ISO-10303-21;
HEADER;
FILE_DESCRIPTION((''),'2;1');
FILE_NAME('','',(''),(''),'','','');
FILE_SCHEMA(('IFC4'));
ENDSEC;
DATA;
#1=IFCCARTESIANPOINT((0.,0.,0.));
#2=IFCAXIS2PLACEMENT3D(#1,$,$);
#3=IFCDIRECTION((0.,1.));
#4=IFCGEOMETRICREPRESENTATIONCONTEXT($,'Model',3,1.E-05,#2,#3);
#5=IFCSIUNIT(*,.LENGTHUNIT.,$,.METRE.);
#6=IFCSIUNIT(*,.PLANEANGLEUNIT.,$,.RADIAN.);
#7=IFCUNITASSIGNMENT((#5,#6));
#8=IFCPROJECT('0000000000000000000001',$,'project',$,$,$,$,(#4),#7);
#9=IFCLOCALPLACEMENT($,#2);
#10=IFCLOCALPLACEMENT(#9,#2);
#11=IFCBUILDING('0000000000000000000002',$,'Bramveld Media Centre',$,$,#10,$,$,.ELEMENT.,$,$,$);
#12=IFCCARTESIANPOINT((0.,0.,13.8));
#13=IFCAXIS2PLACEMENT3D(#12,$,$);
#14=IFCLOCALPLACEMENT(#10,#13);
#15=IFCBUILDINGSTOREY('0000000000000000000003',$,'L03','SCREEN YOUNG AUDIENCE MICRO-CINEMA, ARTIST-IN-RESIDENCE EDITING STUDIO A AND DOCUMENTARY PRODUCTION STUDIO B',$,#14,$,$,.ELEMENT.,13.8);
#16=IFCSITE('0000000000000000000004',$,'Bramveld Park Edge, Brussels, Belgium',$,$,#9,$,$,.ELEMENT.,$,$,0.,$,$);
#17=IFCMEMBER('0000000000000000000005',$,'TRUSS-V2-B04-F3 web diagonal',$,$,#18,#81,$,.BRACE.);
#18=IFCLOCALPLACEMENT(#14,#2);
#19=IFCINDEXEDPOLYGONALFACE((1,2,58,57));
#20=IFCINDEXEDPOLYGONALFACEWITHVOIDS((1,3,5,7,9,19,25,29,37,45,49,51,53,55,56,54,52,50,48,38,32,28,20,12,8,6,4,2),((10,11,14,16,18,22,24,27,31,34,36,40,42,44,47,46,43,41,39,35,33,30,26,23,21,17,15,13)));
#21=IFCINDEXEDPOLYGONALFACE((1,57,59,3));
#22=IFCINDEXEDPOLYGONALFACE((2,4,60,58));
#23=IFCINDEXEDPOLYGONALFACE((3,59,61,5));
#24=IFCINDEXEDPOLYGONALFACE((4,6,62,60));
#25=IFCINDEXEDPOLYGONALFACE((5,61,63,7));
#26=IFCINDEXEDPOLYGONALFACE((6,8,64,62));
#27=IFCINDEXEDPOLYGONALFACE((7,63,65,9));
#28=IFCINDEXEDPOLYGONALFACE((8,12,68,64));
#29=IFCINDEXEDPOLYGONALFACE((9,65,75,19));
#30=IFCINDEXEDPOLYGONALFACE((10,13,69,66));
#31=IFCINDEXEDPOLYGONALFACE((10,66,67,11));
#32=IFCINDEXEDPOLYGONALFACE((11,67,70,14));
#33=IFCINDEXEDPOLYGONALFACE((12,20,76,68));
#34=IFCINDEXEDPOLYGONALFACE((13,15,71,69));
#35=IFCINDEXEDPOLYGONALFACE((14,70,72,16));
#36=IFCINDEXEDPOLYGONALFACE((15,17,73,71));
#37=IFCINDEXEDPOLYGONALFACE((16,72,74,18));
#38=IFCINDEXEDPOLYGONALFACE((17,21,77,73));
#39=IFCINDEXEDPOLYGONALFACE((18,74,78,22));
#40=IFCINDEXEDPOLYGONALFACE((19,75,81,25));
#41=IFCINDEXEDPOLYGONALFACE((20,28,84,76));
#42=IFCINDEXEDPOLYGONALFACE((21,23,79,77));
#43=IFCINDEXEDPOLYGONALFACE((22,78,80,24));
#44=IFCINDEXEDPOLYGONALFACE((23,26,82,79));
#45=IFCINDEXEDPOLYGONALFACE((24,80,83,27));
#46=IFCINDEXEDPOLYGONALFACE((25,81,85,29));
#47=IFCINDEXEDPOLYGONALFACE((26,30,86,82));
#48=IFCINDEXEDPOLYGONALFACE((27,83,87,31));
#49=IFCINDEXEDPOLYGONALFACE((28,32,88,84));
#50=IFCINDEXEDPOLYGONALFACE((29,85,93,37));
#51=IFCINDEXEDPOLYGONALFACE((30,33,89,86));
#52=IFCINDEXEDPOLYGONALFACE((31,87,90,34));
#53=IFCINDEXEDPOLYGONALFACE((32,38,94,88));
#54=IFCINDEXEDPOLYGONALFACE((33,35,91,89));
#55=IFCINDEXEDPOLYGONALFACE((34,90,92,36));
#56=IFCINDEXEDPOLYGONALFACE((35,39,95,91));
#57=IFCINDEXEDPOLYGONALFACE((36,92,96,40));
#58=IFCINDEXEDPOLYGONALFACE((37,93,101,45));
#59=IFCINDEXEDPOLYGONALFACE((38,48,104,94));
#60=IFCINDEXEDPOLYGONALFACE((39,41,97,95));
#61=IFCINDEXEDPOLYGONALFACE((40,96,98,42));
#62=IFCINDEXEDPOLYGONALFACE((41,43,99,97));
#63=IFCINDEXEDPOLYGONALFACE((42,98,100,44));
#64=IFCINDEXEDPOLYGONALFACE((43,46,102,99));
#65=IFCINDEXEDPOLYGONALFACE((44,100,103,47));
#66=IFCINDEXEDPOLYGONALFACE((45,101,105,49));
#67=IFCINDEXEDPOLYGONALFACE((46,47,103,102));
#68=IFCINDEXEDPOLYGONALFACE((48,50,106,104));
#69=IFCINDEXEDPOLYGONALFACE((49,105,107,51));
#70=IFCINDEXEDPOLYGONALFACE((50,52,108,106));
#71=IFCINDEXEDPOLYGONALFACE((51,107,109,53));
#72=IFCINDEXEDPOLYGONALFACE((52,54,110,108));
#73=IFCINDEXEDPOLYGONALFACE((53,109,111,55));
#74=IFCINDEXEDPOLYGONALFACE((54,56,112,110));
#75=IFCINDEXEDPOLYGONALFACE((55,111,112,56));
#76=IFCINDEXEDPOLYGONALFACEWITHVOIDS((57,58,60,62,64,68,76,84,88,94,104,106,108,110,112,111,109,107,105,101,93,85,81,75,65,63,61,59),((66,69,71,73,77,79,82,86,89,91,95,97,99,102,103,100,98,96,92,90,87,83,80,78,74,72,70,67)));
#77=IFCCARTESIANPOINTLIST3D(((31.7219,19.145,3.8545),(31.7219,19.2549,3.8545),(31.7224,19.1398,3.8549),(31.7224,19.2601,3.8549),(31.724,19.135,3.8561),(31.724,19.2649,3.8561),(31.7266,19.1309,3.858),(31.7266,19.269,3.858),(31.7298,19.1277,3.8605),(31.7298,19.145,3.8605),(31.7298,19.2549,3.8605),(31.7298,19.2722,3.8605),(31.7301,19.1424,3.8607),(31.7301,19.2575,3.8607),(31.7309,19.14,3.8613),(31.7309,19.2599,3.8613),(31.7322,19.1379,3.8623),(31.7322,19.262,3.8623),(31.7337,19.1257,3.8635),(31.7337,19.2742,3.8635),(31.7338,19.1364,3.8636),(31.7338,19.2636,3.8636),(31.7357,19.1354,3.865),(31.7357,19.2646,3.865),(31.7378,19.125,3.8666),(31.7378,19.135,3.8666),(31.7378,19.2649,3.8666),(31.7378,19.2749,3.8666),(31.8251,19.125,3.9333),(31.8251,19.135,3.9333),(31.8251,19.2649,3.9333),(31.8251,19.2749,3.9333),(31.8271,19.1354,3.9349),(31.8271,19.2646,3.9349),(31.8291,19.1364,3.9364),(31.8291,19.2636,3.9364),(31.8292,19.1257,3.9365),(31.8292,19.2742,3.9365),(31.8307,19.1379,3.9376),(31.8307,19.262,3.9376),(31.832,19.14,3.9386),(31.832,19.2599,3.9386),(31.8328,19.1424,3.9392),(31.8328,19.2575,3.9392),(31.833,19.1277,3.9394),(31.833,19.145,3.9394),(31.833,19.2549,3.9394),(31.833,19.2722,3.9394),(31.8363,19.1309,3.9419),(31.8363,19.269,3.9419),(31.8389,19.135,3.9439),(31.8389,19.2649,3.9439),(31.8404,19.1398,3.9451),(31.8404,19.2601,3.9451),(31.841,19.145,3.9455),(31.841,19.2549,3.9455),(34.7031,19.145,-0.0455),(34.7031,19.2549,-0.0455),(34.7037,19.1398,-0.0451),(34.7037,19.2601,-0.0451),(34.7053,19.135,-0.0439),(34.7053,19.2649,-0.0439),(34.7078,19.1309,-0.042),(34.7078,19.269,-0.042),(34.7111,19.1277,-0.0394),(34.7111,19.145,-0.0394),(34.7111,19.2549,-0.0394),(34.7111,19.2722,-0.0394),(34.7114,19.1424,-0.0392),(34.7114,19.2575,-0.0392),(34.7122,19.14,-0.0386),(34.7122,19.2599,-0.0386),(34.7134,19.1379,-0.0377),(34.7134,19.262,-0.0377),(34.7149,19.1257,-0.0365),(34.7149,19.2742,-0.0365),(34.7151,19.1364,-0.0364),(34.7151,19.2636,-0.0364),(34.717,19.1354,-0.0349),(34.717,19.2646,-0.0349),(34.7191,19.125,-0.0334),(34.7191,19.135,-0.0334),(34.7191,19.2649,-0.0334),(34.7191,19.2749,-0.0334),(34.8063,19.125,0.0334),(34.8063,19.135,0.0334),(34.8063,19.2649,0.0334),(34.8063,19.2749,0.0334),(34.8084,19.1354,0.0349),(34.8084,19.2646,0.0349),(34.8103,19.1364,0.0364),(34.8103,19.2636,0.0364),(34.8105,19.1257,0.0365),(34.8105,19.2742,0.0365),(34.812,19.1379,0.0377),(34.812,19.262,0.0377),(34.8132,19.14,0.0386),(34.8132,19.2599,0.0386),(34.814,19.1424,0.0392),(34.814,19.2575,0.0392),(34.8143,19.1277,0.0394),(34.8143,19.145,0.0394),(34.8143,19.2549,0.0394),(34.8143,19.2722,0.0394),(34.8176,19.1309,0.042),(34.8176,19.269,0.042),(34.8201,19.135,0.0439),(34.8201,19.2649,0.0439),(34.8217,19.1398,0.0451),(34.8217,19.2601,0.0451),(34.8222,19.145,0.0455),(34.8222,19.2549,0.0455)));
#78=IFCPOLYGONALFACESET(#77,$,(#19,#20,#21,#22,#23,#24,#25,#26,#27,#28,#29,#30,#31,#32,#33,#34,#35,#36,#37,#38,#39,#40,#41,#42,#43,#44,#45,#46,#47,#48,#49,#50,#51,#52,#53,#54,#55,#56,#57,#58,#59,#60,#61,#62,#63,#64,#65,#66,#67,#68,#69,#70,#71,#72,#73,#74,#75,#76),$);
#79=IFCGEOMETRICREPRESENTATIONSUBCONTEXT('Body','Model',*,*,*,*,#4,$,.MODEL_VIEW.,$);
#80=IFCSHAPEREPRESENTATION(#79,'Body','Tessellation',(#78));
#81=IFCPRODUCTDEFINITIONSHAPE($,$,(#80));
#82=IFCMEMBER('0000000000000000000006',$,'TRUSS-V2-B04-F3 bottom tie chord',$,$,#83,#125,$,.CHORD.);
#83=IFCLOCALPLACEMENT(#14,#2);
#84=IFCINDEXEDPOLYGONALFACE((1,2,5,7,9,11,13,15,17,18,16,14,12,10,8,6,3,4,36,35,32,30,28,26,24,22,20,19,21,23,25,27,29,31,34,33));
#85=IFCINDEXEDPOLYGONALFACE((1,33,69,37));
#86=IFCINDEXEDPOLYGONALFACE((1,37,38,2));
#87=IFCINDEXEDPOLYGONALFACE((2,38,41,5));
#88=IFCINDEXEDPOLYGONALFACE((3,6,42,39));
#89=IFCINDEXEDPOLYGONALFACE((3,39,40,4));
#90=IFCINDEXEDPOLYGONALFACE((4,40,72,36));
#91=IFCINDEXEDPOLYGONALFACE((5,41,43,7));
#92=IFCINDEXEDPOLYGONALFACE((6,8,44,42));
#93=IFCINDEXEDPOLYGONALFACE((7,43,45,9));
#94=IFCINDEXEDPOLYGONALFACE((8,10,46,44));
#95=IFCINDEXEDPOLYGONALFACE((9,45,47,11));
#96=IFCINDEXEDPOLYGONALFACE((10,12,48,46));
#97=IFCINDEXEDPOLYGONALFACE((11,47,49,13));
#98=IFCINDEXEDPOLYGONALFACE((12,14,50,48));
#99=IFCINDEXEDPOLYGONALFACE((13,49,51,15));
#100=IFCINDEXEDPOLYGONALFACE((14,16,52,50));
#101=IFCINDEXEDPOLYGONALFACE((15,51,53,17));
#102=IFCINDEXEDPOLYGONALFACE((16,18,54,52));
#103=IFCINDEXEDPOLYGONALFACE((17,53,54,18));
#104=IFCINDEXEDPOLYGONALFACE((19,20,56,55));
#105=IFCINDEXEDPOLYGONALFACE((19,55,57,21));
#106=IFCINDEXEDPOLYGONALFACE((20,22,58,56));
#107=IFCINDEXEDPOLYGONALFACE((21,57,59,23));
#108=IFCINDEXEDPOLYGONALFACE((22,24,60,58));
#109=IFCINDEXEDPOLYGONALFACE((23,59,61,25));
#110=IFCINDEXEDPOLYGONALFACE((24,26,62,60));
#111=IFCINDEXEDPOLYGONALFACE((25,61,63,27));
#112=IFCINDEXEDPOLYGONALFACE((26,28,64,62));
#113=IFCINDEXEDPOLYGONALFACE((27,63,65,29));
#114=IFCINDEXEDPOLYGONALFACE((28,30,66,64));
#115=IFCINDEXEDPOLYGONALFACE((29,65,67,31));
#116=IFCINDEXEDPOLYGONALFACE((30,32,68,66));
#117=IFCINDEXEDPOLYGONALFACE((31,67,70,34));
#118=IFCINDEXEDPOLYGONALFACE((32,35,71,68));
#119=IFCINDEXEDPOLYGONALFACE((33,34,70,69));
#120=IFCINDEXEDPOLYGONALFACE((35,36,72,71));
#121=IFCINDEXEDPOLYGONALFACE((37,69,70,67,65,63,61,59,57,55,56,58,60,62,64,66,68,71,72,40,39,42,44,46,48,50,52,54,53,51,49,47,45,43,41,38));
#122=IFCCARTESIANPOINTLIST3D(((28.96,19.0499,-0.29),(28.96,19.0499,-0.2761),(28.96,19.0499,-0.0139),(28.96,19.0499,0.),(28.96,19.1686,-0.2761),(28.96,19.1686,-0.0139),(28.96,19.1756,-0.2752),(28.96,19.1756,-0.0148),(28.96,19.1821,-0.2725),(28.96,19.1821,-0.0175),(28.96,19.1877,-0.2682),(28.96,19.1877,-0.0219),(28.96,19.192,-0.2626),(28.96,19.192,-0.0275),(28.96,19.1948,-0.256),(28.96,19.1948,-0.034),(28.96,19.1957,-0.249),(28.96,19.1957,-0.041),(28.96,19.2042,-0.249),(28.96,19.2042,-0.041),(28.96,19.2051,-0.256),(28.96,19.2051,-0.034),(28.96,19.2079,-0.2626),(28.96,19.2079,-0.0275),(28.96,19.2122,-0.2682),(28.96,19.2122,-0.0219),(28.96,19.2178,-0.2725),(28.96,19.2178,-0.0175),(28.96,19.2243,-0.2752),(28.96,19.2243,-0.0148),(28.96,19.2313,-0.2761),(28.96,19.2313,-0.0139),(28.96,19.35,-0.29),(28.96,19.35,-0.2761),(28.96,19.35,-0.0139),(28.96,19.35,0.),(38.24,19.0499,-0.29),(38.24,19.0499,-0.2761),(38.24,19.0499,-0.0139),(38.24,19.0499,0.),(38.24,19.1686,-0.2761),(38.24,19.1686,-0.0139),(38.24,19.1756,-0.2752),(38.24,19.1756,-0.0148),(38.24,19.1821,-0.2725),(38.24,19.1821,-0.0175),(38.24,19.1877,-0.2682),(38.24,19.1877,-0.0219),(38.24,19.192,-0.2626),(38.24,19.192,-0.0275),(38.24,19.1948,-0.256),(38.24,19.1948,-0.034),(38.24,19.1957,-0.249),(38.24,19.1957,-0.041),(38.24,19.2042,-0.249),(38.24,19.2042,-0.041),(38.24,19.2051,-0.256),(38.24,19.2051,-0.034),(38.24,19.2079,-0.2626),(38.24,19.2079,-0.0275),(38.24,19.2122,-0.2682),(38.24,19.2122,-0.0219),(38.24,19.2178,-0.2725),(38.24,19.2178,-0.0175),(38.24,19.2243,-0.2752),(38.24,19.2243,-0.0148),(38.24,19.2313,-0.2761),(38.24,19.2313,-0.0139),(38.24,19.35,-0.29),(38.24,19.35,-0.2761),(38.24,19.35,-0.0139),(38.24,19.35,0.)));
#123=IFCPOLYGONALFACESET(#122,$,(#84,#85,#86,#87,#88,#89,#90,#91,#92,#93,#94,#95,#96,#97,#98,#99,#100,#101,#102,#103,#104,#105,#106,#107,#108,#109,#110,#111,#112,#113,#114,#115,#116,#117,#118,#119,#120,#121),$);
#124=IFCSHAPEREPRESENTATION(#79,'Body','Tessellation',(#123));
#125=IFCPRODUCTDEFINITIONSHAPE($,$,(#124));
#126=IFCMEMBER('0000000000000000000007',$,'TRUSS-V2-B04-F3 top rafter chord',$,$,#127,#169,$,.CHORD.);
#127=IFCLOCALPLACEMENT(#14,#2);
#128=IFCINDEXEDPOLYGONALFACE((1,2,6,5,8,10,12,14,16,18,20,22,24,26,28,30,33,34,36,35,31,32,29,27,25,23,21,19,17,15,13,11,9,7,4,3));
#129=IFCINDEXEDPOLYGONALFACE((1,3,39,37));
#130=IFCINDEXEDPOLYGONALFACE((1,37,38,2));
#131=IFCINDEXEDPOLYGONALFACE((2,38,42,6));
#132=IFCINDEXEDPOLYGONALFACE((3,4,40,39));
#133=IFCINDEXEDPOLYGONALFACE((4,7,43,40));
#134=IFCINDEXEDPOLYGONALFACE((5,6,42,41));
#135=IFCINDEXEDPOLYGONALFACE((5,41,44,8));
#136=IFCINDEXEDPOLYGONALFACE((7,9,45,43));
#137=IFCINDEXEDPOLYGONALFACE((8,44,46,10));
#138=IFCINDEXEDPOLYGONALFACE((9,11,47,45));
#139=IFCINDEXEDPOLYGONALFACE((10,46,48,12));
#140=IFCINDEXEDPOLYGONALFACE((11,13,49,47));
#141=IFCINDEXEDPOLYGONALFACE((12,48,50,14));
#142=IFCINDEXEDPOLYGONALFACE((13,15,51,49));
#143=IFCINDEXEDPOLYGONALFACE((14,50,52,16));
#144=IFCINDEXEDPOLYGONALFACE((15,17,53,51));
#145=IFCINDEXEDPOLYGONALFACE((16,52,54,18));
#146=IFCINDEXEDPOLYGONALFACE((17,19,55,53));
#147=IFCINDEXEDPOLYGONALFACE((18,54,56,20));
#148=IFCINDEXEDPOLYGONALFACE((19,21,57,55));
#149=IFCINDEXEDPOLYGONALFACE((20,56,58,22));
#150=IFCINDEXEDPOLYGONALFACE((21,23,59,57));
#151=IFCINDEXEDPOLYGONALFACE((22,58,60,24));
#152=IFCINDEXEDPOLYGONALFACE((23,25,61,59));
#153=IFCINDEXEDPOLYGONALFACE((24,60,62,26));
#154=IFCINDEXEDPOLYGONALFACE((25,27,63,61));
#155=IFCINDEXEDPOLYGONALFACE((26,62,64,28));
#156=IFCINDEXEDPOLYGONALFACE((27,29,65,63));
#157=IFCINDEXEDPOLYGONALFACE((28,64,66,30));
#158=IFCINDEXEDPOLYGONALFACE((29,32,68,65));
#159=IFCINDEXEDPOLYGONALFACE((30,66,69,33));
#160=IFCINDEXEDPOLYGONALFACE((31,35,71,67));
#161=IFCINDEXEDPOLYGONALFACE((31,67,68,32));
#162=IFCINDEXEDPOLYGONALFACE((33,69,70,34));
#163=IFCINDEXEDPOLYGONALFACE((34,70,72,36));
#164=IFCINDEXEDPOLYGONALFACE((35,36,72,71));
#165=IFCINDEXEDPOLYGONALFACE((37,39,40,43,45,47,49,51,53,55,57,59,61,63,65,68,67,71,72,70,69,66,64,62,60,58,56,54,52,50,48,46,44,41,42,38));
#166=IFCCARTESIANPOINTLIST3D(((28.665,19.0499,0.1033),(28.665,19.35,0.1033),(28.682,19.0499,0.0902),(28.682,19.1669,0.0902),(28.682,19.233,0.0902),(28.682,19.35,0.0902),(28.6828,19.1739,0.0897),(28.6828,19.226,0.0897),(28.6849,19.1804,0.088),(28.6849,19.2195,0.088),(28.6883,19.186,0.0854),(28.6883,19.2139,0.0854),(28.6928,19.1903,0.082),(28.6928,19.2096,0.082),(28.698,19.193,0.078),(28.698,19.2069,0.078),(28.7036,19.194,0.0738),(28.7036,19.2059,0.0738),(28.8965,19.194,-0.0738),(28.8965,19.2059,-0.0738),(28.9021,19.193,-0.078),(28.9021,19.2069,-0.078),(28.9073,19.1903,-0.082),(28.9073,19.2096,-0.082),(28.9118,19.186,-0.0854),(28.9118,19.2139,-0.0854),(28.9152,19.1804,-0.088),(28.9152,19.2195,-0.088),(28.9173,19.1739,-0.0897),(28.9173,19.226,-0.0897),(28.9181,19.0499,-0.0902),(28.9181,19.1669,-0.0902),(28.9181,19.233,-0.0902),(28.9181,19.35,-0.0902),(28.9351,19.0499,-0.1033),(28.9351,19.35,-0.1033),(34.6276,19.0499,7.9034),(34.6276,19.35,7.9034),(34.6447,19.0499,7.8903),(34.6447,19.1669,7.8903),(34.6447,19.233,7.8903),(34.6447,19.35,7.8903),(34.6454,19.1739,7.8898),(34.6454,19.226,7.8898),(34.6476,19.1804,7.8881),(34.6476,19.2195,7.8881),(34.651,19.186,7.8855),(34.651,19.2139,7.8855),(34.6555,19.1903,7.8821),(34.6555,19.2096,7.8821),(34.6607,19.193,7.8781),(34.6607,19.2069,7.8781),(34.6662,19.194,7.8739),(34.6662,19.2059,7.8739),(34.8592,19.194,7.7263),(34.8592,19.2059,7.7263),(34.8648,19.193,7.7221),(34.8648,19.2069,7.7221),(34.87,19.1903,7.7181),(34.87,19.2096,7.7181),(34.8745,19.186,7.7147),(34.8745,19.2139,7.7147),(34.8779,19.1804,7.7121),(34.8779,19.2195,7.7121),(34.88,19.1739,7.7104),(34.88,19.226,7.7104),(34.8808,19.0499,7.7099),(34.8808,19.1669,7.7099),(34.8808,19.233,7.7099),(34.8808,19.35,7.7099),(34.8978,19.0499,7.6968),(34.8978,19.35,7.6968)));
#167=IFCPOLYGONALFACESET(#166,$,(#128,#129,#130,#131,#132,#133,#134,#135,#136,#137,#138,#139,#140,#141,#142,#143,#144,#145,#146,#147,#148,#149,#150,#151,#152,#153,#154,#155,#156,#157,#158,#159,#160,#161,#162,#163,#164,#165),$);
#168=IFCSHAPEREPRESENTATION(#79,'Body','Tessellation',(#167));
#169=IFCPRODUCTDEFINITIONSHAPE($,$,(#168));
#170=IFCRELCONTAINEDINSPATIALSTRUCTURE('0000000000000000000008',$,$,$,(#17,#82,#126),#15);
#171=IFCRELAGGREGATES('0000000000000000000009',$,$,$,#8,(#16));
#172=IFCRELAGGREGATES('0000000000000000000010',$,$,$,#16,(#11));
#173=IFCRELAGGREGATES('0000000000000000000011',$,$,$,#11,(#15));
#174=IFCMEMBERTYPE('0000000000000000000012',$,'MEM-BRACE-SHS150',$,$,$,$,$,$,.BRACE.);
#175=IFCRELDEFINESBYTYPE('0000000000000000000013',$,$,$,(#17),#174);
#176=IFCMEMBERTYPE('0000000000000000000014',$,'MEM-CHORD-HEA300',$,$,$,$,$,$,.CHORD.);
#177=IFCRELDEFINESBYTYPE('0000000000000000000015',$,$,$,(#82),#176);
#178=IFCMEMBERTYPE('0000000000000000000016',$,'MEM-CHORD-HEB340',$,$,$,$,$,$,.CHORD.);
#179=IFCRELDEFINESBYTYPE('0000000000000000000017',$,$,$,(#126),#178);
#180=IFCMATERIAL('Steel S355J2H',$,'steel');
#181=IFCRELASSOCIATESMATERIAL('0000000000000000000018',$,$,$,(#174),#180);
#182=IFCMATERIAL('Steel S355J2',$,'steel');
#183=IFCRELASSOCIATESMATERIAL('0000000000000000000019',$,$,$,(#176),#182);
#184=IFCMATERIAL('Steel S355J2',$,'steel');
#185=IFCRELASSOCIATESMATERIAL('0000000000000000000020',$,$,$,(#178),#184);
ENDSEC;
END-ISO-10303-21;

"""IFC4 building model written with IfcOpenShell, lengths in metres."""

from ifc_helpers import new_model, si_unit, direction, frame, origin, origin_2d, place, context, subcontext, project, spatial, hollow_rectangle, i_section, extrude, material, material_profile, profile_set, type_object, element, save


model = new_model("IFC4")

# Units and contexts
model_context = context("Model", 3, precision=1e-05, world=origin(), true_north=direction((0.0, 1.0)))
body_context = subcontext(model_context, "Body", "Model", "MODEL_VIEW")
ifc_project = project(units=[si_unit("LENGTHUNIT", "METRE"), si_unit("PLANEANGLEUNIT", "RADIAN")], contexts=[model_context])

# Site, building, storey
site_placement = place(None, origin())
site = spatial("IfcSite", under=ifc_project, at=site_placement, Name="Bramveld Park Edge, Brussels, Belgium", CompositionType="ELEMENT", RefElevation=0.0)
building_placement = place(site_placement, origin())
building = spatial("IfcBuilding", under=site, at=building_placement, Name="Bramveld Media Centre", CompositionType="ELEMENT")
storey_placement = place(building_placement, frame((0.0, 0.0, 13.8)))
storey = spatial("IfcBuildingStorey", under=building, at=storey_placement, Name="L03", Description="SCREEN YOUNG AUDIENCE MICRO-CINEMA, ARTIST-IN-RESIDENCE EDITING STUDIO A AND DOCUMENTARY PRODUCTION STUDIO B", CompositionType="ELEMENT", Elevation=13.8)

# Members
ifc_material_1 = material(Name="Steel S355J2H", Category="steel")
ifc_material_profile_1 = material_profile(ifc_material_1, hollow_rectangle(XDim=0.1499, YDim=0.1499, WallThickness=0.01, InnerFilletRadius=0.01, OuterFilletRadius=0.02, at=origin_2d()), Name="SHS 150x150x10")
ifc_profile_set_1 = profile_set([ifc_material_profile_1], Name="Steel S355J2H")
member_type_1 = type_object("IfcMemberType", Name="MEM-BRACE-SHS150", PredefinedType="BRACE", material=ifc_profile_set_1)
member_1_placement = place(storey_placement, frame((34.7627, 19.2, 0.0), z_axis=(-0.607312, 0.0, 0.794464), x_axis=(0.0, -1.0, 0.0)))
element("IfcMember", 1, at=member_1_placement, inside=storey, type_object=member_type_1, Name="TRUSS-V2-B04-F3 web diagonal", PredefinedType="BRACE", context=body_context, shape_type="SweptSolid", body=[
    extrude(hollow_rectangle(XDim=0.1499, YDim=0.1499, WallThickness=0.01, InnerFilletRadius=0.01, OuterFilletRadius=0.02, at=origin_2d()), origin(), (0.0, 0.0, 1.0), 4.9089),
])
ifc_material_2 = material(Name="Steel S355J2", Category="steel")
ifc_material_profile_2 = material_profile(ifc_material_2, i_section(OverallWidth=0.3, OverallDepth=0.29, WebThickness=0.0085, FlangeThickness=0.0139, FilletRadius=0.0271, at=origin_2d()), Name="HEA 300")
ifc_profile_set_2 = profile_set([ifc_material_profile_2], Name="Steel S355J2")
member_type_2 = type_object("IfcMemberType", Name="MEM-CHORD-HEA300", PredefinedType="CHORD", material=ifc_profile_set_2)
member_2_placement = place(storey_placement, frame((28.96, 19.2, -0.145), z_axis=(1.0, 0.0, 0.0), x_axis=(0.0, 1.0, 0.0)))
element("IfcMember", 2, at=member_2_placement, inside=storey, type_object=member_type_2, Name="TRUSS-V2-B04-F3 bottom tie chord", PredefinedType="CHORD", context=body_context, shape_type="SweptSolid", body=[
    extrude(i_section(OverallWidth=0.3, OverallDepth=0.29, WebThickness=0.0085, FlangeThickness=0.0139, FilletRadius=0.0271, at=origin_2d()), origin(), (0.0, 0.0, 1.0), 9.28),
])
ifc_material_3 = material(Name="Steel S355J2", Category="steel")
ifc_material_profile_3 = material_profile(ifc_material_3, i_section(OverallWidth=0.3, OverallDepth=0.3401, WebThickness=0.012, FlangeThickness=0.0215, FilletRadius=0.0271, at=origin_2d()), Name="HEB 340")
ifc_profile_set_3 = profile_set([ifc_material_profile_3], Name="Steel S355J2")
member_type_3 = type_object("IfcMemberType", Name="MEM-CHORD-HEB340", PredefinedType="CHORD", material=ifc_profile_set_3)
member_3_placement = place(storey_placement, frame((28.8, 19.2, 0.0), z_axis=(0.607315, 0.0, 0.794461), x_axis=(0.0, 1.0, 0.0)))
element("IfcMember", 3, at=member_3_placement, inside=storey, type_object=member_type_3, Name="TRUSS-V2-B04-F3 top rafter chord", PredefinedType="CHORD", context=body_context, shape_type="SweptSolid", body=[
    extrude(i_section(OverallWidth=0.3, OverallDepth=0.3401, WebThickness=0.012, FlangeThickness=0.0215, FilletRadius=0.0271, at=origin_2d()), origin(), (0.0, 0.0, 1.0), 9.8181),
])

save(model, "model.ifc")
